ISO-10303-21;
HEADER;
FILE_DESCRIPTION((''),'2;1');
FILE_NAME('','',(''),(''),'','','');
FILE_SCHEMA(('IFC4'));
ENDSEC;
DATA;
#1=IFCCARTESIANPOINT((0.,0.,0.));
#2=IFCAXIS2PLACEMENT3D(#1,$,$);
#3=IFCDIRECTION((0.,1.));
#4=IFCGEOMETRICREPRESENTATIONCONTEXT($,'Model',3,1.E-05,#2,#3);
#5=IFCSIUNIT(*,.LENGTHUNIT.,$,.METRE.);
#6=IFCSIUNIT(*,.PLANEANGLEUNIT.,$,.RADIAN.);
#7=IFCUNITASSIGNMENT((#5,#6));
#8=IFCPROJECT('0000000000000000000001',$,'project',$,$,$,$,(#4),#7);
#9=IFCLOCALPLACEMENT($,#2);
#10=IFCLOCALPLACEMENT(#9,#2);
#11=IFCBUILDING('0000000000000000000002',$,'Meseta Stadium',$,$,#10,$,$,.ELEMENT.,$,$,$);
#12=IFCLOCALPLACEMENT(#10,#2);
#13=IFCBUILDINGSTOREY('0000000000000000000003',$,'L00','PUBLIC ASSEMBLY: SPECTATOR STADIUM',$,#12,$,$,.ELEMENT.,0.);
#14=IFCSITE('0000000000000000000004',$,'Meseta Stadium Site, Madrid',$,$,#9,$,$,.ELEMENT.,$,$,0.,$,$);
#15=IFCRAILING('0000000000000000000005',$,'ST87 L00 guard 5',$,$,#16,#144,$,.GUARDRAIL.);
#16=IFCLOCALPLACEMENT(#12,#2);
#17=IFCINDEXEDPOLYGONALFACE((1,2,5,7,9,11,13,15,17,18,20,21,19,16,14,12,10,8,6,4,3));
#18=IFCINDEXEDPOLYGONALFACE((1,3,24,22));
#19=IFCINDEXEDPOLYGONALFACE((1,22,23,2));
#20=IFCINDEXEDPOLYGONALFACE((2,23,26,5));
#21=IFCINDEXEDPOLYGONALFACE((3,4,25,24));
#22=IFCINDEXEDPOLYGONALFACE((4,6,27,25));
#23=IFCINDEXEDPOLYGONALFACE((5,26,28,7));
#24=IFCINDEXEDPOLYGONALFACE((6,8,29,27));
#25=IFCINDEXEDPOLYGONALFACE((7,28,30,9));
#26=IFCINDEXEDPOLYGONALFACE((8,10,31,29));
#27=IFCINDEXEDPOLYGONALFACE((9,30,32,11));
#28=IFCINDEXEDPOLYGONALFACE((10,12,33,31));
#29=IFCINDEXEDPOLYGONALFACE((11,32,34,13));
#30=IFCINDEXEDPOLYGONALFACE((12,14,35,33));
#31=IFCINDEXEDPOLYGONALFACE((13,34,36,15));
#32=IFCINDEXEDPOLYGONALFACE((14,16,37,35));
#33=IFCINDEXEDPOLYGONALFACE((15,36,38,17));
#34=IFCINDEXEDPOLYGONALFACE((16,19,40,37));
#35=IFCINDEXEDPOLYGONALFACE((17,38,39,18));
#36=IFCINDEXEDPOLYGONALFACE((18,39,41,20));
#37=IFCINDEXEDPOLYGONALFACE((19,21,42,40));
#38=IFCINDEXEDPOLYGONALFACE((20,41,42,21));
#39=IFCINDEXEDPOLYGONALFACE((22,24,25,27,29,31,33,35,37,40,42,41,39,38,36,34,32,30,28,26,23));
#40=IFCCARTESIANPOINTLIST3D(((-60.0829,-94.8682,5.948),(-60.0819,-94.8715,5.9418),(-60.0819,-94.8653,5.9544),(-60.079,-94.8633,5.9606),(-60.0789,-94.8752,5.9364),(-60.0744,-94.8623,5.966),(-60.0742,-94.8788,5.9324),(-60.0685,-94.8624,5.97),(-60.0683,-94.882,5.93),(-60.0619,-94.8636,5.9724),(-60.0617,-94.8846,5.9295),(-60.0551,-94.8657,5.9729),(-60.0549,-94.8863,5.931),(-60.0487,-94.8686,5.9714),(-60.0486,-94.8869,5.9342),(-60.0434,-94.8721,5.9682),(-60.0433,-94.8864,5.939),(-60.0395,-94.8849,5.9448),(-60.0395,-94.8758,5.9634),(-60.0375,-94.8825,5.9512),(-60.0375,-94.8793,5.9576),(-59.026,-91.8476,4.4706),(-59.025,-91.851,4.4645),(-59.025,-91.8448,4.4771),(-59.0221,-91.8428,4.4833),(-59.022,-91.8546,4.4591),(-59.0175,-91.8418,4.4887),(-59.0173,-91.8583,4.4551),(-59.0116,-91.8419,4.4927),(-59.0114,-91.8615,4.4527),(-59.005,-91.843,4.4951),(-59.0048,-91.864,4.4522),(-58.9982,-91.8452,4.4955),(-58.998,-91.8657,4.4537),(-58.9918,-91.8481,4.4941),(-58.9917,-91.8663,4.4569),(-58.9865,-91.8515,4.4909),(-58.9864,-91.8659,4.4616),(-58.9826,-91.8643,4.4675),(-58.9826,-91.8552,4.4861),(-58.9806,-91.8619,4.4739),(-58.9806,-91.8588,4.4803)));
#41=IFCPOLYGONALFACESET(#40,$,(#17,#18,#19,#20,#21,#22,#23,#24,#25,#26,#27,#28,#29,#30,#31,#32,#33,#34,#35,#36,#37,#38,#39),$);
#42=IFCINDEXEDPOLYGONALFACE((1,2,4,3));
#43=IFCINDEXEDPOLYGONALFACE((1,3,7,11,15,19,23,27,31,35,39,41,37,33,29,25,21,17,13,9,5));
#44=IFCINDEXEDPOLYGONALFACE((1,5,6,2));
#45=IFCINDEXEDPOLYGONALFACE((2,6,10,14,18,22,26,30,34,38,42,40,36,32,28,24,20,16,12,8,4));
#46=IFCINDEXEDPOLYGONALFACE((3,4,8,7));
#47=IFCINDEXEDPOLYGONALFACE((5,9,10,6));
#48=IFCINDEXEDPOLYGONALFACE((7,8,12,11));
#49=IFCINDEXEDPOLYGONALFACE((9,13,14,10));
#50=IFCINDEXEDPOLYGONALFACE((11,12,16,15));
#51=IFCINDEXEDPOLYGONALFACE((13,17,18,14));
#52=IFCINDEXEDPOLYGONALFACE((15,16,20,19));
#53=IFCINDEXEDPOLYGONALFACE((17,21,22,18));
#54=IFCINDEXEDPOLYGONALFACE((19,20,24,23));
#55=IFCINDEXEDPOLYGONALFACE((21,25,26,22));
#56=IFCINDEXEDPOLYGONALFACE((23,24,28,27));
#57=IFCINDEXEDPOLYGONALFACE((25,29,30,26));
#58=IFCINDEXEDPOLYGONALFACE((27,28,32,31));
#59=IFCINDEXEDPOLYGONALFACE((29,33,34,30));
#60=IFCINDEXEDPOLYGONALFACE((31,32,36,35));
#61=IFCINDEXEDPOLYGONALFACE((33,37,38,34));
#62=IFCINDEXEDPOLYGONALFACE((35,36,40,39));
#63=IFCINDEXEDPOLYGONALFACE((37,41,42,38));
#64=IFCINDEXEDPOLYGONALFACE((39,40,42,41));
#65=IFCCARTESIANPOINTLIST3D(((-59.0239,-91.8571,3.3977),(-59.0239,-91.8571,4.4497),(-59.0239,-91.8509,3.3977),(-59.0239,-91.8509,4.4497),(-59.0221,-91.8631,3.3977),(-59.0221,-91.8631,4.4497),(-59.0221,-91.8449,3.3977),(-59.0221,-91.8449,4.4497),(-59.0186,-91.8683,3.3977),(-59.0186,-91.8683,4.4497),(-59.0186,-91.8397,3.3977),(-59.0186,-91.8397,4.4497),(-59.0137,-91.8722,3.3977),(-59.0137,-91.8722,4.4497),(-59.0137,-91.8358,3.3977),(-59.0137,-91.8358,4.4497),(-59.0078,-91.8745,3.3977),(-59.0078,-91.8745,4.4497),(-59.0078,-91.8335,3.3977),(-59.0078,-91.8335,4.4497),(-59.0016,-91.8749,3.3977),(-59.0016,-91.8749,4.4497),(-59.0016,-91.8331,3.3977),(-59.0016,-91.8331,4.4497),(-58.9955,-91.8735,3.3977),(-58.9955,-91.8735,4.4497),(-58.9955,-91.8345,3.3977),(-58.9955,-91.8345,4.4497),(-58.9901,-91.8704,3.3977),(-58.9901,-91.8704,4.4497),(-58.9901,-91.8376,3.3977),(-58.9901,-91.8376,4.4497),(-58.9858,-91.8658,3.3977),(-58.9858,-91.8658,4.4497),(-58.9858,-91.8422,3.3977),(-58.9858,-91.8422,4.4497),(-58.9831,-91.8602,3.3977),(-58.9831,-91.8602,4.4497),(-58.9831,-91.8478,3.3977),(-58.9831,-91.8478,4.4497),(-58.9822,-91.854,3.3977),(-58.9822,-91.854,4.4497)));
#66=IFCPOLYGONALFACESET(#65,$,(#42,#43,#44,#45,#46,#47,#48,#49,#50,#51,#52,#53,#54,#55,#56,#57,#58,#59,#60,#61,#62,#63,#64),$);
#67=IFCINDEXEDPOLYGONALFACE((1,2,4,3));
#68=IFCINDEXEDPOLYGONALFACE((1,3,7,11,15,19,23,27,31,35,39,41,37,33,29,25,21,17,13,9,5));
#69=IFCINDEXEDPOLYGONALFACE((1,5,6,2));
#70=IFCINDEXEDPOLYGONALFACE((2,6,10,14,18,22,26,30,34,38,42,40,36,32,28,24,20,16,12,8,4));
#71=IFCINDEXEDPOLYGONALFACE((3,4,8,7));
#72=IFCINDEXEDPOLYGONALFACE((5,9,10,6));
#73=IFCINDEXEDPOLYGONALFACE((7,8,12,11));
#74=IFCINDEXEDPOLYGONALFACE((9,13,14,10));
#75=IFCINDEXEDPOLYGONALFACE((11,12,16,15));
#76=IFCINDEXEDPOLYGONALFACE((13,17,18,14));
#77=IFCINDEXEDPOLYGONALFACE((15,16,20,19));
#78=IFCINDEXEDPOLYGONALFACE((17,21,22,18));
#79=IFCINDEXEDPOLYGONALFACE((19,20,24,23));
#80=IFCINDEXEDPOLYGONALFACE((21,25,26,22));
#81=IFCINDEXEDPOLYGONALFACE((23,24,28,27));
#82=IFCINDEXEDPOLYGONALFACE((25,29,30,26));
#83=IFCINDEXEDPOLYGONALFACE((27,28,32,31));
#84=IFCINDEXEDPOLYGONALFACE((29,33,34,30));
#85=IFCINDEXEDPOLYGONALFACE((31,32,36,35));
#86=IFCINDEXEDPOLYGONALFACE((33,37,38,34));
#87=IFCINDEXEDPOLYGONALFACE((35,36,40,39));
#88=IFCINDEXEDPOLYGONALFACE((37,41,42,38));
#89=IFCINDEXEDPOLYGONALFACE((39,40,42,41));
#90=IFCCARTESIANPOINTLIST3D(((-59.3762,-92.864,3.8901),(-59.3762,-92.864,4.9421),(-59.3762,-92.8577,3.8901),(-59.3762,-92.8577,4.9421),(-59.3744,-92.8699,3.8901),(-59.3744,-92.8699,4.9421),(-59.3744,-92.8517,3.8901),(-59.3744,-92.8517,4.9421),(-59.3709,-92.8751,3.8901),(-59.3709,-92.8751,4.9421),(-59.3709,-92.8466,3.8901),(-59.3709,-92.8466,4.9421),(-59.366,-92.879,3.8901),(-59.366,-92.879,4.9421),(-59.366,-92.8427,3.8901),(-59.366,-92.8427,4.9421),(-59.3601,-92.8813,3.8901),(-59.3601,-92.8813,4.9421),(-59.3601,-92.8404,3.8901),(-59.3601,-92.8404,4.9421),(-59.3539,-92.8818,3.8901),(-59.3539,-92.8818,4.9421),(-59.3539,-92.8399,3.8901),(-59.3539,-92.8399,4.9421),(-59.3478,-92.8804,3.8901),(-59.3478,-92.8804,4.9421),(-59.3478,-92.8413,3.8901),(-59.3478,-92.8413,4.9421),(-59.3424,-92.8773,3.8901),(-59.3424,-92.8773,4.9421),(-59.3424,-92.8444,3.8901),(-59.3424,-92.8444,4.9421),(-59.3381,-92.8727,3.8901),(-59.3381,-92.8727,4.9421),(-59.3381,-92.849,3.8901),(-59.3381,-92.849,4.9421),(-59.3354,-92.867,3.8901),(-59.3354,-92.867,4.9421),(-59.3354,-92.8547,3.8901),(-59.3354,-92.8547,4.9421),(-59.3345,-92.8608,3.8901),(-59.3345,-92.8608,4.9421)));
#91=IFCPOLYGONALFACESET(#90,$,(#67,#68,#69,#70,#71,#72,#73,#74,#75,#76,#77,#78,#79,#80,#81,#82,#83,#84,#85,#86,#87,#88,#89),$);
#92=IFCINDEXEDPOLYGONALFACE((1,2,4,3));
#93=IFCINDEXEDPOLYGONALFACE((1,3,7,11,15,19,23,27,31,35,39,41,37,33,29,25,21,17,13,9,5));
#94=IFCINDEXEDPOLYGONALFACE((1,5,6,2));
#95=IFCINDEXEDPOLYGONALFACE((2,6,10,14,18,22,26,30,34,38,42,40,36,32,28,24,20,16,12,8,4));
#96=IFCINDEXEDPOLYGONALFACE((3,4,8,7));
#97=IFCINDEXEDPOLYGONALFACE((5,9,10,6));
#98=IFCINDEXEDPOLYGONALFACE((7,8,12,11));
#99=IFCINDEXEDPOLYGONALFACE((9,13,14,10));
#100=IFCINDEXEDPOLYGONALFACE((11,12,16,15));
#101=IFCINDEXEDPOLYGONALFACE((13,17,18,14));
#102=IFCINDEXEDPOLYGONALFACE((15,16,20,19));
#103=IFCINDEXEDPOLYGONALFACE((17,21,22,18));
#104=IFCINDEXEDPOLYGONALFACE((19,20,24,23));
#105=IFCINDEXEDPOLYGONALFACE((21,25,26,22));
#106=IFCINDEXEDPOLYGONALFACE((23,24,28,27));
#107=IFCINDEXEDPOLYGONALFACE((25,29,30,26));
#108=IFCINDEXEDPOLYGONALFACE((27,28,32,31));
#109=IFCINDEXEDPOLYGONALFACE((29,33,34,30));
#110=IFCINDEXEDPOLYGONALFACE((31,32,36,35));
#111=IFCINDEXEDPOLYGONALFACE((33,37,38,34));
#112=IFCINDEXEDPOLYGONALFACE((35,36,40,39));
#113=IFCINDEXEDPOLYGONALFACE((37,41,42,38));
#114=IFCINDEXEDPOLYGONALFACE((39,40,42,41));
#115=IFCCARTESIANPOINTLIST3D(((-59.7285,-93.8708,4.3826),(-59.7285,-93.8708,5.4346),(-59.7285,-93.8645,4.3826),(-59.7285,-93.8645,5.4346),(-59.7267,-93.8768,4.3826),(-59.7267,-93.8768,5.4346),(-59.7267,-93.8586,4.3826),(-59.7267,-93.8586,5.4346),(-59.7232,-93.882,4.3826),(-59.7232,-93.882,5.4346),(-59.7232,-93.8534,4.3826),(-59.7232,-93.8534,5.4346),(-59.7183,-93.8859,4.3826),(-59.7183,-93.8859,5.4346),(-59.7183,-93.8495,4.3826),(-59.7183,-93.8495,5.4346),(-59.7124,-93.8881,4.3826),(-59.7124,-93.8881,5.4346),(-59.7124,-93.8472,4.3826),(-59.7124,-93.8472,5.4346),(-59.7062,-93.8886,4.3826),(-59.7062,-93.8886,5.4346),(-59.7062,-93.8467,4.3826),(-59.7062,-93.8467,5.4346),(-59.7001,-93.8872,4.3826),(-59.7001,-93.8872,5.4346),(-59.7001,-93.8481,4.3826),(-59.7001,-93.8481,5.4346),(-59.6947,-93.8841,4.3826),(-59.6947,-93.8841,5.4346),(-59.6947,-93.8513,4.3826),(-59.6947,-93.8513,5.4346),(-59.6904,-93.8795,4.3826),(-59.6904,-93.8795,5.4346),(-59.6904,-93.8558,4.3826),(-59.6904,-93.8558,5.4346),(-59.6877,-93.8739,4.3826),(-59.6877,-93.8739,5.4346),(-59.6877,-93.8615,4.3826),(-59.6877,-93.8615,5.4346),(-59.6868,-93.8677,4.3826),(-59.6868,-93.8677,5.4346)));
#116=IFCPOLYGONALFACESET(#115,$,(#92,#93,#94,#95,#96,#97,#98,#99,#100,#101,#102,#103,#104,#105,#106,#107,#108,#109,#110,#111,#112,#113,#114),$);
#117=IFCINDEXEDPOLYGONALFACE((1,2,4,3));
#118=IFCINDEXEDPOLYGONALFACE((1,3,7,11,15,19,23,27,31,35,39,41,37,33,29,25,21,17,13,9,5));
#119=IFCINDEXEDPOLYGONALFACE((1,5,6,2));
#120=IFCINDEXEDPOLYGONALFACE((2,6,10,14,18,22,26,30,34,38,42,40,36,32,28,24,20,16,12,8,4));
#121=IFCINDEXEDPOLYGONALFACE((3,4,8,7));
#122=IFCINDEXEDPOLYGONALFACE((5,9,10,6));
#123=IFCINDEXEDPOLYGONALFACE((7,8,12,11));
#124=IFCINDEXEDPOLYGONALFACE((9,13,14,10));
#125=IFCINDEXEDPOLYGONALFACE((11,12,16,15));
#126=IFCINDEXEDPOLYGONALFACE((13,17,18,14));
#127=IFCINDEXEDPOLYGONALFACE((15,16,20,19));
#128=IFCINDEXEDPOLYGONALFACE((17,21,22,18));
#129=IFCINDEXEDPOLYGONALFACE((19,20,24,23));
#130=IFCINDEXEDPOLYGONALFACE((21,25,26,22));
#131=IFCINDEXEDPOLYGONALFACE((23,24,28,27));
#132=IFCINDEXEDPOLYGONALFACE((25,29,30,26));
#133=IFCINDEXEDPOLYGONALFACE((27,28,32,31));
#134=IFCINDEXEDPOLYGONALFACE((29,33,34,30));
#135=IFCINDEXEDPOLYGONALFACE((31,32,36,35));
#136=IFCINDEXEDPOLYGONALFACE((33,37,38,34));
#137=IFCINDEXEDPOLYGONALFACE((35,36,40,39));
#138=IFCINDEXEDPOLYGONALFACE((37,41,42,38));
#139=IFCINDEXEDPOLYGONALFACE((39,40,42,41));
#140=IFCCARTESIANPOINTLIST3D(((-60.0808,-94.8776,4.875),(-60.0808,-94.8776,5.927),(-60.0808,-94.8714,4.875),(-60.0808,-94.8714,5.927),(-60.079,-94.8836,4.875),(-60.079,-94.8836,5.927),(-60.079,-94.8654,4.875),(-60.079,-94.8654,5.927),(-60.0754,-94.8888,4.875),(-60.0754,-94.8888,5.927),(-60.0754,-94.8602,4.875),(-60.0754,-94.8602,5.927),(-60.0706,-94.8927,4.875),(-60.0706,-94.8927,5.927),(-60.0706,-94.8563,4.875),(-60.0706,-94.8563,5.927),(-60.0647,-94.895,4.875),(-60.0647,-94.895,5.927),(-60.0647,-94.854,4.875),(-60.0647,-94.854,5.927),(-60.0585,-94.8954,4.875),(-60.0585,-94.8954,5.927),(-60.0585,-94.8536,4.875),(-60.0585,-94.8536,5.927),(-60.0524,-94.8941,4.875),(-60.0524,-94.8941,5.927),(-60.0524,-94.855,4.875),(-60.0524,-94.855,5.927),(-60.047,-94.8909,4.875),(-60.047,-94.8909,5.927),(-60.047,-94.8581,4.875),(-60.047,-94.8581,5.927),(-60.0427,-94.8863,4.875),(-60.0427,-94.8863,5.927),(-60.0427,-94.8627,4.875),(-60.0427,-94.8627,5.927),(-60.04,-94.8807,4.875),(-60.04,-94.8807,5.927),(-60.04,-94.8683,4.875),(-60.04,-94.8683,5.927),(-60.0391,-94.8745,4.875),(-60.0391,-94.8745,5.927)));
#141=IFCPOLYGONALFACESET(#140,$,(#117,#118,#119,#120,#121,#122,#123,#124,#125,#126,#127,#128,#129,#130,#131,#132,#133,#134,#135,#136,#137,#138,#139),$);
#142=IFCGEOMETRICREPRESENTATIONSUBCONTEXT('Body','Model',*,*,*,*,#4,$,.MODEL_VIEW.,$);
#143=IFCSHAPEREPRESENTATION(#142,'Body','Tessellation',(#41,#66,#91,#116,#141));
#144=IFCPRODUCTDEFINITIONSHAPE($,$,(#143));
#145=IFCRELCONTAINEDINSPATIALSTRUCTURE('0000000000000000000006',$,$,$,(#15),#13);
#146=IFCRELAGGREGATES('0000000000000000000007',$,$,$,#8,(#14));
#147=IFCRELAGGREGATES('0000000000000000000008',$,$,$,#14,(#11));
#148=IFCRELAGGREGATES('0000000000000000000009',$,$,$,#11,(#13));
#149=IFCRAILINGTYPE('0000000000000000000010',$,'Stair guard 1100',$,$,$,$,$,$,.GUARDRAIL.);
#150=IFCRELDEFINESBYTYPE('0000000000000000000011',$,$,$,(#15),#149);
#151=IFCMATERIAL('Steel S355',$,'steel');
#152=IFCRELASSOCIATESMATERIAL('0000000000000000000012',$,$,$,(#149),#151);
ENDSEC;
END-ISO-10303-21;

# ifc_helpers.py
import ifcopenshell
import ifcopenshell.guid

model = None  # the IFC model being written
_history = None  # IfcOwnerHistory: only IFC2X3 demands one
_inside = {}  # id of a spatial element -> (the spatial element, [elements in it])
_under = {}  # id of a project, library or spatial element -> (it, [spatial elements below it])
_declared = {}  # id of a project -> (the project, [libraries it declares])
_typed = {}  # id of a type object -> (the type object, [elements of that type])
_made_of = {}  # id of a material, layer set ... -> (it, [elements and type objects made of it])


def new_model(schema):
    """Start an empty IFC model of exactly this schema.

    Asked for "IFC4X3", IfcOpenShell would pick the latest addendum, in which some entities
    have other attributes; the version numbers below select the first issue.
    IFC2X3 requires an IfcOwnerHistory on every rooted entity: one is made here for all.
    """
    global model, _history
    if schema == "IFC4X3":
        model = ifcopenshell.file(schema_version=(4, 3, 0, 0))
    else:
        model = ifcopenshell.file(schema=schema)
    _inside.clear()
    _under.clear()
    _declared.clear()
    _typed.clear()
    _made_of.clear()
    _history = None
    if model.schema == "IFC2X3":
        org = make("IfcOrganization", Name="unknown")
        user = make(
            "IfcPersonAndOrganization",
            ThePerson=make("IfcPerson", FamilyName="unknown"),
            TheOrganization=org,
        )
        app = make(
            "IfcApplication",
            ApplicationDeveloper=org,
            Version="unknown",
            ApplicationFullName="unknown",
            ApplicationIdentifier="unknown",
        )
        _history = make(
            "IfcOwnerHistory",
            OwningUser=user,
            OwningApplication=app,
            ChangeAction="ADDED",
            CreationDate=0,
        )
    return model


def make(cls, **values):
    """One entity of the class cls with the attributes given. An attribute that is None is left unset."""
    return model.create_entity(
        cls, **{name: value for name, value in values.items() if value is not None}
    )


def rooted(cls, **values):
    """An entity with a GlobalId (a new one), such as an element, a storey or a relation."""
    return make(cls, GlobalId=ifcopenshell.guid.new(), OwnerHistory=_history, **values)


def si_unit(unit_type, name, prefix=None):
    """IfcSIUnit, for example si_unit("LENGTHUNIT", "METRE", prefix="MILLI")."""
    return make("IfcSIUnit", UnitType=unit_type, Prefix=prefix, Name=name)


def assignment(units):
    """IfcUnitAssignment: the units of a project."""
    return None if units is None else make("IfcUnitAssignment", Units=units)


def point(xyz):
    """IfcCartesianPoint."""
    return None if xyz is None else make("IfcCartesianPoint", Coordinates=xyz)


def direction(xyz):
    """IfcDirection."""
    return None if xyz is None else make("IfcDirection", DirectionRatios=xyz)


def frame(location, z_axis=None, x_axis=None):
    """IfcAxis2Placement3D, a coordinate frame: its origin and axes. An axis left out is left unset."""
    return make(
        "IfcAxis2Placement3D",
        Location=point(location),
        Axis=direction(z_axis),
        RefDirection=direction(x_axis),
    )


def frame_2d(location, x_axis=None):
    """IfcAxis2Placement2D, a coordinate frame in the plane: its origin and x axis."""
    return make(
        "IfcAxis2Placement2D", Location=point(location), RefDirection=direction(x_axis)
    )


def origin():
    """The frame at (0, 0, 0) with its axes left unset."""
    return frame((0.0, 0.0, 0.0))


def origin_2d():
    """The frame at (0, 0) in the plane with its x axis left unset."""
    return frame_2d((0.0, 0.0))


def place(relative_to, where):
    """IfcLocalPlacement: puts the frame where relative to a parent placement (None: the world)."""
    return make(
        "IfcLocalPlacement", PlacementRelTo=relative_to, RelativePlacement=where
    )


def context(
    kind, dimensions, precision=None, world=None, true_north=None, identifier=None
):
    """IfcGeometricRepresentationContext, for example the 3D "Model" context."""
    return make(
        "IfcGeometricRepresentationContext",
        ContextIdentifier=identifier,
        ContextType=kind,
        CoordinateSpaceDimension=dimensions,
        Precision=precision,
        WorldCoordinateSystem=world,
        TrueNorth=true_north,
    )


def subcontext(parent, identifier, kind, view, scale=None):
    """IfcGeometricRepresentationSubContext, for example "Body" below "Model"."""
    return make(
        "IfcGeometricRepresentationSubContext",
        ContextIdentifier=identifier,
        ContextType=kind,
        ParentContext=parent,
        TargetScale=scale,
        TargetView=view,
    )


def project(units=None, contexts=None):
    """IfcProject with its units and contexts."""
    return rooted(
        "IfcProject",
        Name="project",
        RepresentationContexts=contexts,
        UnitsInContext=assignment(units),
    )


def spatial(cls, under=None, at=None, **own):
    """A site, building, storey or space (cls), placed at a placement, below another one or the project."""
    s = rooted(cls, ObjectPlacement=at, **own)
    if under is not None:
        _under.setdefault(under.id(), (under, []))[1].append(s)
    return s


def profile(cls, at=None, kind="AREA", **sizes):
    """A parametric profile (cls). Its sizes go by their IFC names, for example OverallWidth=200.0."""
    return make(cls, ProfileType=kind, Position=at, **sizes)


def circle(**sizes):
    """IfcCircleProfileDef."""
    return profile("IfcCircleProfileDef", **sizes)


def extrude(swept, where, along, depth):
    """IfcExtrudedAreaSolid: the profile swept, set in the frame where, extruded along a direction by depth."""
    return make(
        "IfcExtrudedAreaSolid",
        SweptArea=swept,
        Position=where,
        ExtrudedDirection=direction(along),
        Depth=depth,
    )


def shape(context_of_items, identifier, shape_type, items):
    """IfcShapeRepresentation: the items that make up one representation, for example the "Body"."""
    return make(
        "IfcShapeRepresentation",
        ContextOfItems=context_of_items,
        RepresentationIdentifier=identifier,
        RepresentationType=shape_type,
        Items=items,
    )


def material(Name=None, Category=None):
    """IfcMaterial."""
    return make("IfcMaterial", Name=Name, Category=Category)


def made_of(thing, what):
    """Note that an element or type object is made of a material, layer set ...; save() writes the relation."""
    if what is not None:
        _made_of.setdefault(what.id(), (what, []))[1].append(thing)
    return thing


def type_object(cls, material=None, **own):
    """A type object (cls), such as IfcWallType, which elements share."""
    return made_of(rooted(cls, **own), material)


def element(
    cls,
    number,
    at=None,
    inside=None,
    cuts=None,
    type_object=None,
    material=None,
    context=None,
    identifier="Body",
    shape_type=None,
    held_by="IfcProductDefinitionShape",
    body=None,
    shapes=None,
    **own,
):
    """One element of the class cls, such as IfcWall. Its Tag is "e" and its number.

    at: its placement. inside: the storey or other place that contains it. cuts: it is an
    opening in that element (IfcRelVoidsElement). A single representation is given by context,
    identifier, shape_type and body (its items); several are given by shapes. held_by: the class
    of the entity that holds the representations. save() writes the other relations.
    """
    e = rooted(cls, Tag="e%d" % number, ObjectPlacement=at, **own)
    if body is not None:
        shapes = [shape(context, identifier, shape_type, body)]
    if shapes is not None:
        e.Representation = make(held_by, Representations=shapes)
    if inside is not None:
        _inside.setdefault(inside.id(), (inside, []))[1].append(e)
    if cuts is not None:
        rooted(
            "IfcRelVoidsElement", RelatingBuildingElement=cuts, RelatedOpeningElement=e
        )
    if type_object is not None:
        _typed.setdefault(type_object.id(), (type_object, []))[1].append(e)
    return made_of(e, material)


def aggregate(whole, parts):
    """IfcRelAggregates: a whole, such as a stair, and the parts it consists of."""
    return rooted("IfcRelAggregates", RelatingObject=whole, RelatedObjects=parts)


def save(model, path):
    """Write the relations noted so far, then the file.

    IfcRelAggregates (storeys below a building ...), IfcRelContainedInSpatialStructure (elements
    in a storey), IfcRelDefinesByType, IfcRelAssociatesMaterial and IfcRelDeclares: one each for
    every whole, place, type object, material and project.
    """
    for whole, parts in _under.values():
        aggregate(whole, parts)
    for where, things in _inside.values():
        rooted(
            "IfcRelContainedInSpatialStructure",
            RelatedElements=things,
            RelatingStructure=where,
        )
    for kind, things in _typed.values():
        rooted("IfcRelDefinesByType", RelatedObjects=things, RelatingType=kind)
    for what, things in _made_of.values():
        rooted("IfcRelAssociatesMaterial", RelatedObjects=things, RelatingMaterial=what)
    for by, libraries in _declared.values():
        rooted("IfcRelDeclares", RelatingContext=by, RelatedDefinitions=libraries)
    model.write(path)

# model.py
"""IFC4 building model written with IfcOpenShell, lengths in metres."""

from ifc_helpers import new_model, si_unit, direction, frame, origin, origin_2d, place, context, subcontext, project, spatial, circle, extrude, material, type_object, element, save


model = new_model("IFC4")

# Units and contexts
model_context = context("Model", 3, precision=1e-05, world=origin(), true_north=direction((0.0, 1.0)))
body_context = subcontext(model_context, "Body", "Model", "MODEL_VIEW")
ifc_project = project(units=[si_unit("LENGTHUNIT", "METRE"), si_unit("PLANEANGLEUNIT", "RADIAN")], contexts=[model_context])

# Site, building, storey
site_placement = place(None, origin())
site = spatial("IfcSite", under=ifc_project, at=site_placement, Name="Meseta Stadium Site, Madrid", CompositionType="ELEMENT", RefElevation=0.0)
building_placement = place(site_placement, origin())
building = spatial("IfcBuilding", under=site, at=building_placement, Name="Meseta Stadium", CompositionType="ELEMENT")
storey_placement = place(building_placement, origin())
storey = spatial("IfcBuildingStorey", under=building, at=storey_placement, Name="L00", Description="PUBLIC ASSEMBLY: SPECTATOR STADIUM", CompositionType="ELEMENT", Elevation=0.0)

# Railing
ifc_material_1 = material(Name="Steel S355", Category="steel")
railing_type_1 = type_object("IfcRailingType", Name="Stair guard 1100", PredefinedType="GUARDRAIL", material=ifc_material_1)
railing_1_placement = place(storey_placement, frame((-59.0032, -91.854, 3.3977)))
element("IfcRailing", 1, at=railing_1_placement, inside=storey, type_object=railing_type_1, Name="ST87 L00 guard 5", PredefinedType="GUARDRAIL", context=body_context, shape_type="SweptSolid", body=[
    extrude(circle(Radius=0.0239, at=origin_2d()), frame((0.0, 0.0, 1.0762), z_axis=(-0.299859, -0.856977, 0.419137), x_axis=(0.943887, -0.330269, 0.0)), (0.0, 0.0, 1.0), 3.5247),
    extrude(circle(Radius=0.021, at=origin_2d()), origin(), (0.0, 0.0, 1.0), 1.052),
    extrude(circle(Radius=0.021, at=origin_2d()), frame((-0.3523, -1.0068, 0.4924)), (0.0, 0.0, 1.0), 1.052),
    extrude(circle(Radius=0.021, at=origin_2d()), frame((-0.7046, -2.0137, 0.9849)), (0.0, 0.0, 1.0), 1.052),
    extrude(circle(Radius=0.021, at=origin_2d()), frame((-1.0569, -3.0205, 1.4773)), (0.0, 0.0, 1.0), 1.052),
])

save(model, "model.ifc")
